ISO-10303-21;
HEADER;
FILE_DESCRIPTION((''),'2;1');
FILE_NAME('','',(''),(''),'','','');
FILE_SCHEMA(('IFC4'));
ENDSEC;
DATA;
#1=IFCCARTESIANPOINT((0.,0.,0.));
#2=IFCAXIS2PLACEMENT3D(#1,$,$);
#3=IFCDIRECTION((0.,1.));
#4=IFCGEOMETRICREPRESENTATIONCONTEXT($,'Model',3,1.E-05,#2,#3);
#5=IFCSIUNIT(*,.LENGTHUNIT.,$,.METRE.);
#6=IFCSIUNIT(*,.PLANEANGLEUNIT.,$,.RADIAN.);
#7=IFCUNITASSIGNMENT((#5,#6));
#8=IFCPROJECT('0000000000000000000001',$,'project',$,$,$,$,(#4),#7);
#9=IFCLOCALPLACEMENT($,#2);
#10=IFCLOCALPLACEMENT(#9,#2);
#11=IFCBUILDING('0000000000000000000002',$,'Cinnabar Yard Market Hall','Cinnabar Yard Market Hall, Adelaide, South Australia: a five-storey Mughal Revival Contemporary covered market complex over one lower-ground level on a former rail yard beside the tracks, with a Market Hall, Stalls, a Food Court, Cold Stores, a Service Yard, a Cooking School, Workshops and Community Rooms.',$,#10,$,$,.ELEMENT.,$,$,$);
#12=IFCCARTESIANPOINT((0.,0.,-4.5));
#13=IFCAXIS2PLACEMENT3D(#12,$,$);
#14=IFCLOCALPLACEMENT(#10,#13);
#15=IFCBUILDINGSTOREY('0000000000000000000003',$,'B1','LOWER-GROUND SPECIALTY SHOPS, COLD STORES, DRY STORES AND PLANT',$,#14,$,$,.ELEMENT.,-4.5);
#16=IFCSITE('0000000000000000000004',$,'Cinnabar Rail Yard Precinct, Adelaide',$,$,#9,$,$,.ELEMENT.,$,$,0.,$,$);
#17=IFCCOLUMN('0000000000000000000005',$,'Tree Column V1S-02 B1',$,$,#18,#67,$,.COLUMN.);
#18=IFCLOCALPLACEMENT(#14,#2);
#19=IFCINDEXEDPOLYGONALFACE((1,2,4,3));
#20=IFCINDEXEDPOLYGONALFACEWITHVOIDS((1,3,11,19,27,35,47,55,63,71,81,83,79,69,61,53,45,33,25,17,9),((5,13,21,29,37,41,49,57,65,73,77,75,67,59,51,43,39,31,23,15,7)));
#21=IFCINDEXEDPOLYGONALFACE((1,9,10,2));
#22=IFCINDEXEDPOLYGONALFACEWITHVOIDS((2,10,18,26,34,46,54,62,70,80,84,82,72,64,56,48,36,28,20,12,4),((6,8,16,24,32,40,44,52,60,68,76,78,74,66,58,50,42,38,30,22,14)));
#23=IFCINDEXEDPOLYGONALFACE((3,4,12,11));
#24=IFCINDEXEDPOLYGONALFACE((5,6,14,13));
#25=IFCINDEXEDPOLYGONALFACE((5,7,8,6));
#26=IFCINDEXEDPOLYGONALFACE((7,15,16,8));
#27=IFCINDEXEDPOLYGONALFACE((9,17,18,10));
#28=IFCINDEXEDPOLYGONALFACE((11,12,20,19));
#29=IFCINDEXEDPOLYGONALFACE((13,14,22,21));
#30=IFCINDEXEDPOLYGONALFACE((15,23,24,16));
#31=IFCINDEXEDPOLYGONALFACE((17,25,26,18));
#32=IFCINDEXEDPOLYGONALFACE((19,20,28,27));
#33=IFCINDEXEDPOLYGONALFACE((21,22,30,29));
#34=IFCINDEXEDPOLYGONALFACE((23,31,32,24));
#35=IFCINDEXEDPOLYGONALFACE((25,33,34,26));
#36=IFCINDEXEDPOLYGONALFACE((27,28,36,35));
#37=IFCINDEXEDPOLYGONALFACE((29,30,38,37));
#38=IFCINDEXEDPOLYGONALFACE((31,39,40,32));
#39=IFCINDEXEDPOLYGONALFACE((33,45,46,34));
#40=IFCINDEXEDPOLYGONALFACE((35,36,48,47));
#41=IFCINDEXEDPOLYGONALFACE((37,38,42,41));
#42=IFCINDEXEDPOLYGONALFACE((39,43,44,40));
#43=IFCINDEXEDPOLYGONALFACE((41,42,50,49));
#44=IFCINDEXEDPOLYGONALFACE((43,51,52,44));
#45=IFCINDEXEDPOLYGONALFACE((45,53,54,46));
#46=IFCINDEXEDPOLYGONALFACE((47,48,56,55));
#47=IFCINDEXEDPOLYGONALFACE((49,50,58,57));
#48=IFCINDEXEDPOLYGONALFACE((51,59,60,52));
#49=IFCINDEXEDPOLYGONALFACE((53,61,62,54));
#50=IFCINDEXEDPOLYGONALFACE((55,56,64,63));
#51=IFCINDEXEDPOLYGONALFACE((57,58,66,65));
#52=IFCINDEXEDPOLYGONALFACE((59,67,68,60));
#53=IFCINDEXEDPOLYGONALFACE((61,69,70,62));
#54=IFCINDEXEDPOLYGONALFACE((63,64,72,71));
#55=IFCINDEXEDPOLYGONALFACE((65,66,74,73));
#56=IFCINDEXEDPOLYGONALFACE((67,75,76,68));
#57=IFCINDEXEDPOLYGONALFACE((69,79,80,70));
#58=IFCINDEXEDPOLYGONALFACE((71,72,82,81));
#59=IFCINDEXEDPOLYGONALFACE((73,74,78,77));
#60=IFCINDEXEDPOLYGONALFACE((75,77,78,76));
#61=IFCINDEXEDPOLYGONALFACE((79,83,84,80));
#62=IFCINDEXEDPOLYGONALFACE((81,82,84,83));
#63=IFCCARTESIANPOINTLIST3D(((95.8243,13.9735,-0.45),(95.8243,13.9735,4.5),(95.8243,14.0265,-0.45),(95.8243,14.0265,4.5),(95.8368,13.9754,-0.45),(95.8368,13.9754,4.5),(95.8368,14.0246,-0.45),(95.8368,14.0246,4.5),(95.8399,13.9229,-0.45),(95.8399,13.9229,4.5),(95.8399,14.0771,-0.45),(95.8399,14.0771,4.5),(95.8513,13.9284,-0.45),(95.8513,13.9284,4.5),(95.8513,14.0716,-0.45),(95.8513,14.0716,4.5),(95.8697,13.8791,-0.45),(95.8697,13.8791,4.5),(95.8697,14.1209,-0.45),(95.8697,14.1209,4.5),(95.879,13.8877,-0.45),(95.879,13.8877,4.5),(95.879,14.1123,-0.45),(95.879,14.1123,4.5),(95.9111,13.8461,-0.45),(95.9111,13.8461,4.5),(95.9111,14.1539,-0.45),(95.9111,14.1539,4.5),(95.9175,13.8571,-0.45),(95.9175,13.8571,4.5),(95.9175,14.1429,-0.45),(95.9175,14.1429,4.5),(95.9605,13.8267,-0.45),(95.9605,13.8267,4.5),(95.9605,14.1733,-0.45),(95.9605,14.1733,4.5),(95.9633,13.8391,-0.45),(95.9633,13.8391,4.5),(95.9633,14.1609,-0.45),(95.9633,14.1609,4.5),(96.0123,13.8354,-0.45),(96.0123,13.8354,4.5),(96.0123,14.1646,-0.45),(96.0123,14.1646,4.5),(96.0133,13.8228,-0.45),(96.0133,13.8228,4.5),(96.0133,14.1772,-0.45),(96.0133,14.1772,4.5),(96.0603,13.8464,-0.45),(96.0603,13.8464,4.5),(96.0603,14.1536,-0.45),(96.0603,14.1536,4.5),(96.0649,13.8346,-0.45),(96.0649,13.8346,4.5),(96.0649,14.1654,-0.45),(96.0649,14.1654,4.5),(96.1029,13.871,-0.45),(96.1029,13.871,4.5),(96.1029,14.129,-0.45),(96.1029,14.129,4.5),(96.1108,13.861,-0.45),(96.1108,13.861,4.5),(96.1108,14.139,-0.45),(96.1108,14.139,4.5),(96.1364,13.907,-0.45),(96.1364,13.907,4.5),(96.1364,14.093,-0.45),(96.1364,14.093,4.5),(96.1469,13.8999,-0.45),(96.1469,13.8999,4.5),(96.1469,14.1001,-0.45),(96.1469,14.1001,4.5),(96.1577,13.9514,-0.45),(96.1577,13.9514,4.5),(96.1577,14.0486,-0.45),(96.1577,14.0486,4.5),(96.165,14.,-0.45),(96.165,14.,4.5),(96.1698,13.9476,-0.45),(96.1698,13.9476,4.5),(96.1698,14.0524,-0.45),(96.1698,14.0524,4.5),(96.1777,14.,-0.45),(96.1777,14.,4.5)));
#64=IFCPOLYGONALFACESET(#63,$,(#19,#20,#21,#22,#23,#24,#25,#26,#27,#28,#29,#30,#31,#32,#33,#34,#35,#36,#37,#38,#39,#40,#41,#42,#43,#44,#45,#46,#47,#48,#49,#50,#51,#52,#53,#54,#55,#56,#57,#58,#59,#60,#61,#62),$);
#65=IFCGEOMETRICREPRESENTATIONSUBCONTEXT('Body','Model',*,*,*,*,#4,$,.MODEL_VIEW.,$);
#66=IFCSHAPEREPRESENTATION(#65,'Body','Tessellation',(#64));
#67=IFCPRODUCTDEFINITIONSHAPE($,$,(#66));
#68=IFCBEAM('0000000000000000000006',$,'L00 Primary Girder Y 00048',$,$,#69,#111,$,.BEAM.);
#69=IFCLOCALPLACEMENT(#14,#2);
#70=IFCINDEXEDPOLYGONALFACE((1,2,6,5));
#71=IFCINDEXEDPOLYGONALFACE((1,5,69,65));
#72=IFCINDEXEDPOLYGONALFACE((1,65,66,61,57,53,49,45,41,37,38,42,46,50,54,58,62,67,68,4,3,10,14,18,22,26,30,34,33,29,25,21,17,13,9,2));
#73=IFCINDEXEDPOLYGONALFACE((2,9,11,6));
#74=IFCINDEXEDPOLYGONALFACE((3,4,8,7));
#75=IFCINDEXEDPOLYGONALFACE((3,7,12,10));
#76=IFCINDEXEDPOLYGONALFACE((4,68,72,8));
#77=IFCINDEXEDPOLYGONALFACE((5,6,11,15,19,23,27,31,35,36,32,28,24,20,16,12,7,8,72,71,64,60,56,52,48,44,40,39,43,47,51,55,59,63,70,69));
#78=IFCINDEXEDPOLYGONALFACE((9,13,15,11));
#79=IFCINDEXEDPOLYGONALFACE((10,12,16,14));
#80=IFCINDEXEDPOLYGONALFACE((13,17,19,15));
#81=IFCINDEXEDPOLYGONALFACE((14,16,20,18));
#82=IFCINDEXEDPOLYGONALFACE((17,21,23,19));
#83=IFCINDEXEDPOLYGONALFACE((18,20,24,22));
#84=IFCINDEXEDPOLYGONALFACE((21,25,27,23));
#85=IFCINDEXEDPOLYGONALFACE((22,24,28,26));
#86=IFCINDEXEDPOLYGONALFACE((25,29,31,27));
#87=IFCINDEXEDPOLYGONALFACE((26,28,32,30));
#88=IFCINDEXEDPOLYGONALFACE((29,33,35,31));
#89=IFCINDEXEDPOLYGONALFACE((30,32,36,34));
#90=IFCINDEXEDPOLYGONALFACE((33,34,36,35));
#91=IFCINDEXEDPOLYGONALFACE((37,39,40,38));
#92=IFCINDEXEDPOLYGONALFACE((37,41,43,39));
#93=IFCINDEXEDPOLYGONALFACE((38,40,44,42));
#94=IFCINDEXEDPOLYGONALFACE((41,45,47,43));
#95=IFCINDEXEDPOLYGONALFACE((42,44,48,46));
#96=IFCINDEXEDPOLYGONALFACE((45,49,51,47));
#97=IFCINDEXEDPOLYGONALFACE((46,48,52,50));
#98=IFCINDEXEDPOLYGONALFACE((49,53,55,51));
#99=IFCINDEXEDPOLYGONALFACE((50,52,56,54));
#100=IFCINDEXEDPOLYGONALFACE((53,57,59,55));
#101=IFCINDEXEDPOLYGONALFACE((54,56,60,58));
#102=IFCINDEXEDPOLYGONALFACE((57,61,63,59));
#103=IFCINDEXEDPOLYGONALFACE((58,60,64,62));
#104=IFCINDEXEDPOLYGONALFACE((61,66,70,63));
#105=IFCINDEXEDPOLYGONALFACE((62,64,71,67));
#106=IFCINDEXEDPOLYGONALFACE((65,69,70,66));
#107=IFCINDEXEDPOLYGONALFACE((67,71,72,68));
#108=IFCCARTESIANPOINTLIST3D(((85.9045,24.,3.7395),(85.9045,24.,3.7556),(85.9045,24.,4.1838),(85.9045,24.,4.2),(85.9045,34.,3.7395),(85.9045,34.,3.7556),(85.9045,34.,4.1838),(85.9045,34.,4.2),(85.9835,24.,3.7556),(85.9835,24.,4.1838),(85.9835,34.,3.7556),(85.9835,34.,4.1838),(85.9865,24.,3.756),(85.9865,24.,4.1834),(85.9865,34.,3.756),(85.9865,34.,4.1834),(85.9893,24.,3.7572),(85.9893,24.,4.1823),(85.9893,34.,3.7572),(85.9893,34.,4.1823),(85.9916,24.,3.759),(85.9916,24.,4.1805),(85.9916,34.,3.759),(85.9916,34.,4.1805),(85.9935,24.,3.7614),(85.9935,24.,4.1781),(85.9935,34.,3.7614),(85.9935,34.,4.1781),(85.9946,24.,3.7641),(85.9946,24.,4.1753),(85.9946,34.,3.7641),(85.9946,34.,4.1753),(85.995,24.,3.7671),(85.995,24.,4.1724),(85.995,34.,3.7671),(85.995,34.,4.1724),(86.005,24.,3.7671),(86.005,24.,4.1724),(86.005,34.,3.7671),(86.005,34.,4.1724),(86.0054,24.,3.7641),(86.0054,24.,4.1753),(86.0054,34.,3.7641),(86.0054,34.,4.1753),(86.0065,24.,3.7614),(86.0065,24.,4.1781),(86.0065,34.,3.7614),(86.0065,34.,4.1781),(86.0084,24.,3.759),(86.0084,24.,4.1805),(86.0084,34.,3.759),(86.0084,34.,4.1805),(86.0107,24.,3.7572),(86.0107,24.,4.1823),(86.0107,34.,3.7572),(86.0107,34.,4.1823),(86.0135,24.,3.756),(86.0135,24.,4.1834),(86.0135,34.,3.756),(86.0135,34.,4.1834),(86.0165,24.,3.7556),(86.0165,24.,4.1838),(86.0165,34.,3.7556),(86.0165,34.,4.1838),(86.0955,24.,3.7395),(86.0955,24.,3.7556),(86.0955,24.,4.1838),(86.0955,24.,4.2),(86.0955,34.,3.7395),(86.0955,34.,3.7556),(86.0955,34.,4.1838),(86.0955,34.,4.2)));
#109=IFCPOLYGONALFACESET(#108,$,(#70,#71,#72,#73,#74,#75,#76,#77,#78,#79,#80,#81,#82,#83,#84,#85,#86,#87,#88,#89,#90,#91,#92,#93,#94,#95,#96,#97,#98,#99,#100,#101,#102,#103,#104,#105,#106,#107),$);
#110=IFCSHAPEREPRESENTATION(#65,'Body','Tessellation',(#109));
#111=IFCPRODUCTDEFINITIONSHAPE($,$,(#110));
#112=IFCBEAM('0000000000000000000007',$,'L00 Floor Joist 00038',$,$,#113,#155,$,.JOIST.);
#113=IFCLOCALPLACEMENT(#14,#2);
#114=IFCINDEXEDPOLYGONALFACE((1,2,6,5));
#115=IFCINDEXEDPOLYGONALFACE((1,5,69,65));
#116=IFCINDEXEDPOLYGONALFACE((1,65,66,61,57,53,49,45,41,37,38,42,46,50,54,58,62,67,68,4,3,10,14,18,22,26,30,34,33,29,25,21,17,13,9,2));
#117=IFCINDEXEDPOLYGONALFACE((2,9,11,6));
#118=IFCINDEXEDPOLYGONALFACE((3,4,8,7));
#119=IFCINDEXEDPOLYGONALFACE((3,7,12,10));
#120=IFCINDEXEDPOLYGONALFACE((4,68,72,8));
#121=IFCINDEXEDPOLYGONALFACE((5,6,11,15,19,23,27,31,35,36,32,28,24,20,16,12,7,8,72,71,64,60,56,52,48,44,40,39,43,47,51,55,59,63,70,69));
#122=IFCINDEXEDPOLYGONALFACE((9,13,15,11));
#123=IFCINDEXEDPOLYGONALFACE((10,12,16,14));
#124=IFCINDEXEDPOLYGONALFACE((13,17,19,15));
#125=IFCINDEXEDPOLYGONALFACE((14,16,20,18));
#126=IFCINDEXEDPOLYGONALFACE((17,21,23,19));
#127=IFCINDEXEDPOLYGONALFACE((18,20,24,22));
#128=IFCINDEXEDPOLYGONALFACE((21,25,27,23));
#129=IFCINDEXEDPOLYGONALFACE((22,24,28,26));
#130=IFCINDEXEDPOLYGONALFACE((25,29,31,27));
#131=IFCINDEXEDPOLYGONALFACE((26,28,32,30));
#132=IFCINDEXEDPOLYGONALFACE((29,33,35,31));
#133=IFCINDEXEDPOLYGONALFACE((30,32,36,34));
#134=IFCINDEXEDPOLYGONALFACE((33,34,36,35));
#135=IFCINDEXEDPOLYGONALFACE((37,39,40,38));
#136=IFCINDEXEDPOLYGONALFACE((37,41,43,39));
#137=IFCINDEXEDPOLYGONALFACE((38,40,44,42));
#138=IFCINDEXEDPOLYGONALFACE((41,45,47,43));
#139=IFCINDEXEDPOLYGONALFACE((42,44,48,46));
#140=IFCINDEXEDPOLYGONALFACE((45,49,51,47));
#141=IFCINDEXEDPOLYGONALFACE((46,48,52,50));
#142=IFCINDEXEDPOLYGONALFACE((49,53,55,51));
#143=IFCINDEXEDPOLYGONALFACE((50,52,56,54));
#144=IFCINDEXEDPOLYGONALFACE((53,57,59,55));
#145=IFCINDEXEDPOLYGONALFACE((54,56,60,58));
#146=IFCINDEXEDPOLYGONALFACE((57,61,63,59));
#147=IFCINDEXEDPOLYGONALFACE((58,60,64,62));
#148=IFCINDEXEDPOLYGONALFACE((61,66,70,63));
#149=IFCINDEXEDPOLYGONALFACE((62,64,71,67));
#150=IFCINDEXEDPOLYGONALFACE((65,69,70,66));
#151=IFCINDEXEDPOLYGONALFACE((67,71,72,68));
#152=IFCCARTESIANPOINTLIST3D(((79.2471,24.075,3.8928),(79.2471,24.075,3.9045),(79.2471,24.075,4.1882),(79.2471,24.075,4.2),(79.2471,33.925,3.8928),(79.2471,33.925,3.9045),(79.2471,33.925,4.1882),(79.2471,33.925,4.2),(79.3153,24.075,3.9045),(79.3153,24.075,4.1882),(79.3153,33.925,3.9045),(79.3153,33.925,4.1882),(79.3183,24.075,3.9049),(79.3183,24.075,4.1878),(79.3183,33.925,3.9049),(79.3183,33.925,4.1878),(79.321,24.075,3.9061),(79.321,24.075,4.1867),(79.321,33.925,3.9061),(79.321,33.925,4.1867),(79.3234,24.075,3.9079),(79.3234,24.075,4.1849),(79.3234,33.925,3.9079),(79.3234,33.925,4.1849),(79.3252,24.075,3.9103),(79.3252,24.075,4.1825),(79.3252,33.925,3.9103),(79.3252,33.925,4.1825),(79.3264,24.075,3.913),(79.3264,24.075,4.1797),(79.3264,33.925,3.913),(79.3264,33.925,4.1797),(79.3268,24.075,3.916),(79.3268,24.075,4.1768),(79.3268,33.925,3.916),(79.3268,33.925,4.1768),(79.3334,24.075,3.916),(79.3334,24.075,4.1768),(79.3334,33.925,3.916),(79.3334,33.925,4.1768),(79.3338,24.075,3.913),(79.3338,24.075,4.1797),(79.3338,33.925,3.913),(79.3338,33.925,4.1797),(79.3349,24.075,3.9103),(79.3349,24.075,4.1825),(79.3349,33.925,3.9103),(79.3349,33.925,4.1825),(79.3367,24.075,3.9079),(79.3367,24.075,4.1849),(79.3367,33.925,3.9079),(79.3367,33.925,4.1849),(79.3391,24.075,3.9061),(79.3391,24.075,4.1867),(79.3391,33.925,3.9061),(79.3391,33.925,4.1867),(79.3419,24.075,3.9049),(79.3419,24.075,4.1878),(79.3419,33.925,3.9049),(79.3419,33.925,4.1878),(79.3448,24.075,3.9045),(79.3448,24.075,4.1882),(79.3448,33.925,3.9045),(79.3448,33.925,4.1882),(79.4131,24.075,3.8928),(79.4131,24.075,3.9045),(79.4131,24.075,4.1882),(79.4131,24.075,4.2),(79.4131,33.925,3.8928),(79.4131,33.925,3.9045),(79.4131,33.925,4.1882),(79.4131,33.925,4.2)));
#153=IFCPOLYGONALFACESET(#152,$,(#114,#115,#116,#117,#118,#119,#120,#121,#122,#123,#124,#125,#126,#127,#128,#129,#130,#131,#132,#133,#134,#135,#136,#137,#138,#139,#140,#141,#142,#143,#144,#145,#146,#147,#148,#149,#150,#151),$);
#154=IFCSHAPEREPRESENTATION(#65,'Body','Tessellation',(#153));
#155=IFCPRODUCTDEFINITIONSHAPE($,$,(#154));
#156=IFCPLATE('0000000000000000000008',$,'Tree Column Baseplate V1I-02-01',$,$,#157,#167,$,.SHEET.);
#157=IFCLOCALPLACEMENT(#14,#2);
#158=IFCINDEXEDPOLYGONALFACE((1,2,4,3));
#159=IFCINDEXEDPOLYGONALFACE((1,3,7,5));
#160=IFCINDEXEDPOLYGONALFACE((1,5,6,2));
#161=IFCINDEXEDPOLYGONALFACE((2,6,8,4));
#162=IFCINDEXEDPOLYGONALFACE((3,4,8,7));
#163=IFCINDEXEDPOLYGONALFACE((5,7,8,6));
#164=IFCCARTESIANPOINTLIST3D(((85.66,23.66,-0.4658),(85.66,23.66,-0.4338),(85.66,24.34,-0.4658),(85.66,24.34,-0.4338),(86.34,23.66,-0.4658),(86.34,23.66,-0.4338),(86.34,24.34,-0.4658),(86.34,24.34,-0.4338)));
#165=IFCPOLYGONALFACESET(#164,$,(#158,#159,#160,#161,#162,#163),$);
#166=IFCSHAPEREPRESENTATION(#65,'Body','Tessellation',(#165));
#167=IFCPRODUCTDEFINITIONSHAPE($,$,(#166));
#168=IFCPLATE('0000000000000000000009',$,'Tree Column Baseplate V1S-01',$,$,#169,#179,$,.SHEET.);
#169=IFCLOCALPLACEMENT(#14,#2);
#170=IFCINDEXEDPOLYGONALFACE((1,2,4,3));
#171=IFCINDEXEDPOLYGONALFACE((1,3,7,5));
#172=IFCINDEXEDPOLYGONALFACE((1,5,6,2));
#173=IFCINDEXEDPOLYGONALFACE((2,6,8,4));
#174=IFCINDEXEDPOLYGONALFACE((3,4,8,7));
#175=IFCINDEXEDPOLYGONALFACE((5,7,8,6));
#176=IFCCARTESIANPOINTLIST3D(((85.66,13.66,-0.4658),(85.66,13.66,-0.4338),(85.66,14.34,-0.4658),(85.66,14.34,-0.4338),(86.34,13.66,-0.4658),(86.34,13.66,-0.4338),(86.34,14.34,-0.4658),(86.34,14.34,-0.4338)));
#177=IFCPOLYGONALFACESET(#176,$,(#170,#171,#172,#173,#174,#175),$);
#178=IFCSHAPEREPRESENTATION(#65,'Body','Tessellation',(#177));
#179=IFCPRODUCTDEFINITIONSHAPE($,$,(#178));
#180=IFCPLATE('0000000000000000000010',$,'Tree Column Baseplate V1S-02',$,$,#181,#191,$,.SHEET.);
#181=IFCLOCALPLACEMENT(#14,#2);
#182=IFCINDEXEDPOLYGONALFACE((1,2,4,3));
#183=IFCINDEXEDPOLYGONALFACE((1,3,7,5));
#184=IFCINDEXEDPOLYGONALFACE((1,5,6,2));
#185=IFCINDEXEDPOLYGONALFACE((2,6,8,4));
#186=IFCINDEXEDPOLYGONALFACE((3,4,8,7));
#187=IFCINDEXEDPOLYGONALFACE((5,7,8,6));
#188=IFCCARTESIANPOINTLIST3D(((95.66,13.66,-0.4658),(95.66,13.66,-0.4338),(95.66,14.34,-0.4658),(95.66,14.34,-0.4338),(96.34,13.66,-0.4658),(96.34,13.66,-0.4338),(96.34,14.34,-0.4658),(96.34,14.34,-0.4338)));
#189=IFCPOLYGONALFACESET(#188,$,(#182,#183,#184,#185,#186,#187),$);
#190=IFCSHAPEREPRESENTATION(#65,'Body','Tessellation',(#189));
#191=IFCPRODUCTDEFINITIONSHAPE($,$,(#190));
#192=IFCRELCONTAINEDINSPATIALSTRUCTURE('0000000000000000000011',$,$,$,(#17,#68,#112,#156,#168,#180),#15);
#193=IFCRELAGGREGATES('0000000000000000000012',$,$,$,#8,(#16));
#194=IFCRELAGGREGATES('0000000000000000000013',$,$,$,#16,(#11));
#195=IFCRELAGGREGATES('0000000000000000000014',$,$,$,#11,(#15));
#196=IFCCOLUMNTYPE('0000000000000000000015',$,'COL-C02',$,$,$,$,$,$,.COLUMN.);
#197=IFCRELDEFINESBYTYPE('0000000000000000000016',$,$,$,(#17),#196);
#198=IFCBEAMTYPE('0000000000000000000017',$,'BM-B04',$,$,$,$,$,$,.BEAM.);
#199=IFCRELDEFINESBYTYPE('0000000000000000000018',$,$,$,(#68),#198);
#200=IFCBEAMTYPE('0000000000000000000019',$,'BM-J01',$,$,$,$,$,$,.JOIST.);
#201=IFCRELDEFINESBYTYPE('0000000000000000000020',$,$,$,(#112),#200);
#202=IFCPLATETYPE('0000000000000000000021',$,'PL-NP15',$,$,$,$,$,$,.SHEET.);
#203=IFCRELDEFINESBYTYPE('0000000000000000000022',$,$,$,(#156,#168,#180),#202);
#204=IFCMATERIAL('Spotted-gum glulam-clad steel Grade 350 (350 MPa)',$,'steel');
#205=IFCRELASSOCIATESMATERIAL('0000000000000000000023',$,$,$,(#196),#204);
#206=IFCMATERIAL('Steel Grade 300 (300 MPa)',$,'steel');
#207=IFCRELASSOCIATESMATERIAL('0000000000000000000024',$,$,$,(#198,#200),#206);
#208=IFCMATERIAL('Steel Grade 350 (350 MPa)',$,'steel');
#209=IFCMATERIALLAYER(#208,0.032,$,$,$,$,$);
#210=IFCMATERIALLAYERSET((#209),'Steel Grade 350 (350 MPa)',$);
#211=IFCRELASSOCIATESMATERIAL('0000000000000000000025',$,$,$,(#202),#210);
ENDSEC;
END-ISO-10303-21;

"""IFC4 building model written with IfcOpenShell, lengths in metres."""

from ifc_helpers import new_model, si_unit, direction, frame, origin, origin_2d_with_axis, place, context, subcontext, project, spatial, rectangle, hollow_circle, i_section, extrude, material, layer, layer_set, material_profile, profile_set, type_object, element, save


model = new_model("IFC4")

# Units and contexts
model_context = context("Model", 3, precision=1e-05, world=origin(), true_north=direction((0.0, 1.0)))
body_context = subcontext(model_context, "Body", "Model", "MODEL_VIEW")
ifc_project = project(units=[si_unit("LENGTHUNIT", "METRE"), si_unit("PLANEANGLEUNIT", "RADIAN")], contexts=[model_context])

# Site, building, storey
site_placement = place(None, origin())
site = spatial("IfcSite", under=ifc_project, at=site_placement, Name="Cinnabar Rail Yard Precinct, Adelaide", CompositionType="ELEMENT", RefElevation=0.0)
building_placement = place(site_placement, origin())
building = spatial("IfcBuilding", under=site, at=building_placement, Name="Cinnabar Yard Market Hall", Description="Cinnabar Yard Market Hall, Adelaide, South Australia: a five-storey Mughal Revival Contemporary covered market complex over one lower-ground level on a former rail yard beside the tracks, with a Market Hall, Stalls, a Food Court, Cold Stores, a Service Yard, a Cooking School, Workshops and Community Rooms.", CompositionType="ELEMENT")
storey_placement = place(building_placement, frame((0.0, 0.0, -4.5)))
storey = spatial("IfcBuildingStorey", under=building, at=storey_placement, Name="B1", Description="LOWER-GROUND SPECIALTY SHOPS, COLD STORES, DRY STORES AND PLANT", CompositionType="ELEMENT", Elevation=-4.5)

# Column
ifc_material_1 = material(Name="Spotted-gum glulam-clad steel Grade 350 (350 MPa)", Category="steel")
ifc_material_profile_1 = material_profile(ifc_material_1, hollow_circle(Radius=0.1777, WallThickness=0.0127, at=origin_2d_with_axis()), Name="355.6x12.7CHS")
ifc_profile_set_1 = profile_set([ifc_material_profile_1], Name="Spotted-gum glulam-clad steel Grade 350 (350 MPa)")
column_type_1 = type_object("IfcColumnType", Name="COL-C02", PredefinedType="COLUMN", material=ifc_profile_set_1)
for number, where, z_axis, x_axis, name in (
    (1, (96.0, 14.0, -0.45), (0.0, 0.0, 1.0), (1.0, 0.0, 0.0), "Tree Column V1S-02 B1"),
):
    element("IfcColumn", number, at=place(storey_placement, frame(where, z_axis=z_axis, x_axis=x_axis)), inside=storey, type_object=column_type_1, Name=name, PredefinedType="COLUMN", context=body_context, shape_type="SweptSolid", body=[
        extrude(hollow_circle(Radius=0.1777, WallThickness=0.0127, at=origin_2d_with_axis()), origin(), (0.0, 0.0, 1.0), 4.95),
    ])

# Beams
ifc_material_2 = material(Name="Steel Grade 300 (300 MPa)", Category="steel")
ifc_material_profile_2 = material_profile(ifc_material_2, i_section(OverallWidth=0.1909, OverallDepth=0.4604, WebThickness=0.01, FlangeThickness=0.0161, FilletRadius=0.0115, at=origin_2d_with_axis()), Name="460UB82.1")
ifc_profile_set_2 = profile_set([ifc_material_profile_2], Name="Steel Grade 300 (300 MPa)")
beam_type_1 = type_object("IfcBeamType", Name="BM-B04", PredefinedType="BEAM", material=ifc_profile_set_2)
beam_1_placement = place(storey_placement, frame((86.0, 24.0, 3.9697), z_axis=(0.0, 1.0, 0.0), x_axis=(-1.0, 0.0, 0.0)))
element("IfcBeam", 2, at=beam_1_placement, inside=storey, type_object=beam_type_1, Name="L00 Primary Girder Y 00048", PredefinedType="BEAM", context=body_context, shape_type="SweptSolid", body=[
    extrude(i_section(OverallWidth=0.1909, OverallDepth=0.4604, WebThickness=0.01, FlangeThickness=0.0161, FilletRadius=0.0115, at=origin_2d_with_axis()), origin(), (0.0, 0.0, 1.0), 10.0),
])
ifc_material_profile_3 = material_profile(ifc_material_2, i_section(OverallWidth=0.166, OverallDepth=0.3071, WebThickness=0.0066, FlangeThickness=0.0117, FilletRadius=0.0115, at=origin_2d_with_axis()), Name="310UB46.2")
ifc_profile_set_3 = profile_set([ifc_material_profile_3], Name="Steel Grade 300 (300 MPa)")
beam_type_2 = type_object("IfcBeamType", Name="BM-J01", PredefinedType="JOIST", material=ifc_profile_set_3)
beam_2_placement = place(storey_placement, frame((79.3301, 24.075, 4.0464), z_axis=(0.0, 1.0, 0.0), x_axis=(-1.0, 0.0, 0.0)))
element("IfcBeam", 3, at=beam_2_placement, inside=storey, type_object=beam_type_2, Name="L00 Floor Joist 00038", PredefinedType="JOIST", context=body_context, shape_type="SweptSolid", body=[
    extrude(i_section(OverallWidth=0.166, OverallDepth=0.3071, WebThickness=0.0066, FlangeThickness=0.0117, FilletRadius=0.0115, at=origin_2d_with_axis()), origin(), (0.0, 0.0, 1.0), 9.8501),
])

# Plates
ifc_material_3 = material(Name="Steel Grade 350 (350 MPa)", Category="steel")
ifc_layer_1 = layer(ifc_material_3, 0.032)
ifc_layer_set_1 = layer_set([ifc_layer_1], Name="Steel Grade 350 (350 MPa)")
plate_type = type_object("IfcPlateType", Name="PL-NP15", PredefinedType="SHEET", material=ifc_layer_set_1)
for number, where, z_axis, x_axis, name in (
    (4, (86.0, 24.0, -0.4658), (0.0, 0.0, 1.0), (1.0, 0.0, 0.0), "Tree Column Baseplate V1I-02-01"),
    (5, (86.0, 14.0, -0.4658), (0.0, 0.0, 1.0), (1.0, 0.0, 0.0), "Tree Column Baseplate V1S-01"),
    (6, (96.0, 14.0, -0.4658), (0.0, 0.0, 1.0), (1.0, 0.0, 0.0), "Tree Column Baseplate V1S-02"),
):
    element("IfcPlate", number, at=place(storey_placement, frame(where, z_axis=z_axis, x_axis=x_axis)), inside=storey, type_object=plate_type, Name=name, PredefinedType="SHEET", context=body_context, shape_type="SweptSolid", body=[
        extrude(rectangle(XDim=0.6799, YDim=0.6799, at=origin_2d_with_axis()), origin(), (0.0, 0.0, 1.0), 0.032),
    ])

save(model, "model.ifc")
